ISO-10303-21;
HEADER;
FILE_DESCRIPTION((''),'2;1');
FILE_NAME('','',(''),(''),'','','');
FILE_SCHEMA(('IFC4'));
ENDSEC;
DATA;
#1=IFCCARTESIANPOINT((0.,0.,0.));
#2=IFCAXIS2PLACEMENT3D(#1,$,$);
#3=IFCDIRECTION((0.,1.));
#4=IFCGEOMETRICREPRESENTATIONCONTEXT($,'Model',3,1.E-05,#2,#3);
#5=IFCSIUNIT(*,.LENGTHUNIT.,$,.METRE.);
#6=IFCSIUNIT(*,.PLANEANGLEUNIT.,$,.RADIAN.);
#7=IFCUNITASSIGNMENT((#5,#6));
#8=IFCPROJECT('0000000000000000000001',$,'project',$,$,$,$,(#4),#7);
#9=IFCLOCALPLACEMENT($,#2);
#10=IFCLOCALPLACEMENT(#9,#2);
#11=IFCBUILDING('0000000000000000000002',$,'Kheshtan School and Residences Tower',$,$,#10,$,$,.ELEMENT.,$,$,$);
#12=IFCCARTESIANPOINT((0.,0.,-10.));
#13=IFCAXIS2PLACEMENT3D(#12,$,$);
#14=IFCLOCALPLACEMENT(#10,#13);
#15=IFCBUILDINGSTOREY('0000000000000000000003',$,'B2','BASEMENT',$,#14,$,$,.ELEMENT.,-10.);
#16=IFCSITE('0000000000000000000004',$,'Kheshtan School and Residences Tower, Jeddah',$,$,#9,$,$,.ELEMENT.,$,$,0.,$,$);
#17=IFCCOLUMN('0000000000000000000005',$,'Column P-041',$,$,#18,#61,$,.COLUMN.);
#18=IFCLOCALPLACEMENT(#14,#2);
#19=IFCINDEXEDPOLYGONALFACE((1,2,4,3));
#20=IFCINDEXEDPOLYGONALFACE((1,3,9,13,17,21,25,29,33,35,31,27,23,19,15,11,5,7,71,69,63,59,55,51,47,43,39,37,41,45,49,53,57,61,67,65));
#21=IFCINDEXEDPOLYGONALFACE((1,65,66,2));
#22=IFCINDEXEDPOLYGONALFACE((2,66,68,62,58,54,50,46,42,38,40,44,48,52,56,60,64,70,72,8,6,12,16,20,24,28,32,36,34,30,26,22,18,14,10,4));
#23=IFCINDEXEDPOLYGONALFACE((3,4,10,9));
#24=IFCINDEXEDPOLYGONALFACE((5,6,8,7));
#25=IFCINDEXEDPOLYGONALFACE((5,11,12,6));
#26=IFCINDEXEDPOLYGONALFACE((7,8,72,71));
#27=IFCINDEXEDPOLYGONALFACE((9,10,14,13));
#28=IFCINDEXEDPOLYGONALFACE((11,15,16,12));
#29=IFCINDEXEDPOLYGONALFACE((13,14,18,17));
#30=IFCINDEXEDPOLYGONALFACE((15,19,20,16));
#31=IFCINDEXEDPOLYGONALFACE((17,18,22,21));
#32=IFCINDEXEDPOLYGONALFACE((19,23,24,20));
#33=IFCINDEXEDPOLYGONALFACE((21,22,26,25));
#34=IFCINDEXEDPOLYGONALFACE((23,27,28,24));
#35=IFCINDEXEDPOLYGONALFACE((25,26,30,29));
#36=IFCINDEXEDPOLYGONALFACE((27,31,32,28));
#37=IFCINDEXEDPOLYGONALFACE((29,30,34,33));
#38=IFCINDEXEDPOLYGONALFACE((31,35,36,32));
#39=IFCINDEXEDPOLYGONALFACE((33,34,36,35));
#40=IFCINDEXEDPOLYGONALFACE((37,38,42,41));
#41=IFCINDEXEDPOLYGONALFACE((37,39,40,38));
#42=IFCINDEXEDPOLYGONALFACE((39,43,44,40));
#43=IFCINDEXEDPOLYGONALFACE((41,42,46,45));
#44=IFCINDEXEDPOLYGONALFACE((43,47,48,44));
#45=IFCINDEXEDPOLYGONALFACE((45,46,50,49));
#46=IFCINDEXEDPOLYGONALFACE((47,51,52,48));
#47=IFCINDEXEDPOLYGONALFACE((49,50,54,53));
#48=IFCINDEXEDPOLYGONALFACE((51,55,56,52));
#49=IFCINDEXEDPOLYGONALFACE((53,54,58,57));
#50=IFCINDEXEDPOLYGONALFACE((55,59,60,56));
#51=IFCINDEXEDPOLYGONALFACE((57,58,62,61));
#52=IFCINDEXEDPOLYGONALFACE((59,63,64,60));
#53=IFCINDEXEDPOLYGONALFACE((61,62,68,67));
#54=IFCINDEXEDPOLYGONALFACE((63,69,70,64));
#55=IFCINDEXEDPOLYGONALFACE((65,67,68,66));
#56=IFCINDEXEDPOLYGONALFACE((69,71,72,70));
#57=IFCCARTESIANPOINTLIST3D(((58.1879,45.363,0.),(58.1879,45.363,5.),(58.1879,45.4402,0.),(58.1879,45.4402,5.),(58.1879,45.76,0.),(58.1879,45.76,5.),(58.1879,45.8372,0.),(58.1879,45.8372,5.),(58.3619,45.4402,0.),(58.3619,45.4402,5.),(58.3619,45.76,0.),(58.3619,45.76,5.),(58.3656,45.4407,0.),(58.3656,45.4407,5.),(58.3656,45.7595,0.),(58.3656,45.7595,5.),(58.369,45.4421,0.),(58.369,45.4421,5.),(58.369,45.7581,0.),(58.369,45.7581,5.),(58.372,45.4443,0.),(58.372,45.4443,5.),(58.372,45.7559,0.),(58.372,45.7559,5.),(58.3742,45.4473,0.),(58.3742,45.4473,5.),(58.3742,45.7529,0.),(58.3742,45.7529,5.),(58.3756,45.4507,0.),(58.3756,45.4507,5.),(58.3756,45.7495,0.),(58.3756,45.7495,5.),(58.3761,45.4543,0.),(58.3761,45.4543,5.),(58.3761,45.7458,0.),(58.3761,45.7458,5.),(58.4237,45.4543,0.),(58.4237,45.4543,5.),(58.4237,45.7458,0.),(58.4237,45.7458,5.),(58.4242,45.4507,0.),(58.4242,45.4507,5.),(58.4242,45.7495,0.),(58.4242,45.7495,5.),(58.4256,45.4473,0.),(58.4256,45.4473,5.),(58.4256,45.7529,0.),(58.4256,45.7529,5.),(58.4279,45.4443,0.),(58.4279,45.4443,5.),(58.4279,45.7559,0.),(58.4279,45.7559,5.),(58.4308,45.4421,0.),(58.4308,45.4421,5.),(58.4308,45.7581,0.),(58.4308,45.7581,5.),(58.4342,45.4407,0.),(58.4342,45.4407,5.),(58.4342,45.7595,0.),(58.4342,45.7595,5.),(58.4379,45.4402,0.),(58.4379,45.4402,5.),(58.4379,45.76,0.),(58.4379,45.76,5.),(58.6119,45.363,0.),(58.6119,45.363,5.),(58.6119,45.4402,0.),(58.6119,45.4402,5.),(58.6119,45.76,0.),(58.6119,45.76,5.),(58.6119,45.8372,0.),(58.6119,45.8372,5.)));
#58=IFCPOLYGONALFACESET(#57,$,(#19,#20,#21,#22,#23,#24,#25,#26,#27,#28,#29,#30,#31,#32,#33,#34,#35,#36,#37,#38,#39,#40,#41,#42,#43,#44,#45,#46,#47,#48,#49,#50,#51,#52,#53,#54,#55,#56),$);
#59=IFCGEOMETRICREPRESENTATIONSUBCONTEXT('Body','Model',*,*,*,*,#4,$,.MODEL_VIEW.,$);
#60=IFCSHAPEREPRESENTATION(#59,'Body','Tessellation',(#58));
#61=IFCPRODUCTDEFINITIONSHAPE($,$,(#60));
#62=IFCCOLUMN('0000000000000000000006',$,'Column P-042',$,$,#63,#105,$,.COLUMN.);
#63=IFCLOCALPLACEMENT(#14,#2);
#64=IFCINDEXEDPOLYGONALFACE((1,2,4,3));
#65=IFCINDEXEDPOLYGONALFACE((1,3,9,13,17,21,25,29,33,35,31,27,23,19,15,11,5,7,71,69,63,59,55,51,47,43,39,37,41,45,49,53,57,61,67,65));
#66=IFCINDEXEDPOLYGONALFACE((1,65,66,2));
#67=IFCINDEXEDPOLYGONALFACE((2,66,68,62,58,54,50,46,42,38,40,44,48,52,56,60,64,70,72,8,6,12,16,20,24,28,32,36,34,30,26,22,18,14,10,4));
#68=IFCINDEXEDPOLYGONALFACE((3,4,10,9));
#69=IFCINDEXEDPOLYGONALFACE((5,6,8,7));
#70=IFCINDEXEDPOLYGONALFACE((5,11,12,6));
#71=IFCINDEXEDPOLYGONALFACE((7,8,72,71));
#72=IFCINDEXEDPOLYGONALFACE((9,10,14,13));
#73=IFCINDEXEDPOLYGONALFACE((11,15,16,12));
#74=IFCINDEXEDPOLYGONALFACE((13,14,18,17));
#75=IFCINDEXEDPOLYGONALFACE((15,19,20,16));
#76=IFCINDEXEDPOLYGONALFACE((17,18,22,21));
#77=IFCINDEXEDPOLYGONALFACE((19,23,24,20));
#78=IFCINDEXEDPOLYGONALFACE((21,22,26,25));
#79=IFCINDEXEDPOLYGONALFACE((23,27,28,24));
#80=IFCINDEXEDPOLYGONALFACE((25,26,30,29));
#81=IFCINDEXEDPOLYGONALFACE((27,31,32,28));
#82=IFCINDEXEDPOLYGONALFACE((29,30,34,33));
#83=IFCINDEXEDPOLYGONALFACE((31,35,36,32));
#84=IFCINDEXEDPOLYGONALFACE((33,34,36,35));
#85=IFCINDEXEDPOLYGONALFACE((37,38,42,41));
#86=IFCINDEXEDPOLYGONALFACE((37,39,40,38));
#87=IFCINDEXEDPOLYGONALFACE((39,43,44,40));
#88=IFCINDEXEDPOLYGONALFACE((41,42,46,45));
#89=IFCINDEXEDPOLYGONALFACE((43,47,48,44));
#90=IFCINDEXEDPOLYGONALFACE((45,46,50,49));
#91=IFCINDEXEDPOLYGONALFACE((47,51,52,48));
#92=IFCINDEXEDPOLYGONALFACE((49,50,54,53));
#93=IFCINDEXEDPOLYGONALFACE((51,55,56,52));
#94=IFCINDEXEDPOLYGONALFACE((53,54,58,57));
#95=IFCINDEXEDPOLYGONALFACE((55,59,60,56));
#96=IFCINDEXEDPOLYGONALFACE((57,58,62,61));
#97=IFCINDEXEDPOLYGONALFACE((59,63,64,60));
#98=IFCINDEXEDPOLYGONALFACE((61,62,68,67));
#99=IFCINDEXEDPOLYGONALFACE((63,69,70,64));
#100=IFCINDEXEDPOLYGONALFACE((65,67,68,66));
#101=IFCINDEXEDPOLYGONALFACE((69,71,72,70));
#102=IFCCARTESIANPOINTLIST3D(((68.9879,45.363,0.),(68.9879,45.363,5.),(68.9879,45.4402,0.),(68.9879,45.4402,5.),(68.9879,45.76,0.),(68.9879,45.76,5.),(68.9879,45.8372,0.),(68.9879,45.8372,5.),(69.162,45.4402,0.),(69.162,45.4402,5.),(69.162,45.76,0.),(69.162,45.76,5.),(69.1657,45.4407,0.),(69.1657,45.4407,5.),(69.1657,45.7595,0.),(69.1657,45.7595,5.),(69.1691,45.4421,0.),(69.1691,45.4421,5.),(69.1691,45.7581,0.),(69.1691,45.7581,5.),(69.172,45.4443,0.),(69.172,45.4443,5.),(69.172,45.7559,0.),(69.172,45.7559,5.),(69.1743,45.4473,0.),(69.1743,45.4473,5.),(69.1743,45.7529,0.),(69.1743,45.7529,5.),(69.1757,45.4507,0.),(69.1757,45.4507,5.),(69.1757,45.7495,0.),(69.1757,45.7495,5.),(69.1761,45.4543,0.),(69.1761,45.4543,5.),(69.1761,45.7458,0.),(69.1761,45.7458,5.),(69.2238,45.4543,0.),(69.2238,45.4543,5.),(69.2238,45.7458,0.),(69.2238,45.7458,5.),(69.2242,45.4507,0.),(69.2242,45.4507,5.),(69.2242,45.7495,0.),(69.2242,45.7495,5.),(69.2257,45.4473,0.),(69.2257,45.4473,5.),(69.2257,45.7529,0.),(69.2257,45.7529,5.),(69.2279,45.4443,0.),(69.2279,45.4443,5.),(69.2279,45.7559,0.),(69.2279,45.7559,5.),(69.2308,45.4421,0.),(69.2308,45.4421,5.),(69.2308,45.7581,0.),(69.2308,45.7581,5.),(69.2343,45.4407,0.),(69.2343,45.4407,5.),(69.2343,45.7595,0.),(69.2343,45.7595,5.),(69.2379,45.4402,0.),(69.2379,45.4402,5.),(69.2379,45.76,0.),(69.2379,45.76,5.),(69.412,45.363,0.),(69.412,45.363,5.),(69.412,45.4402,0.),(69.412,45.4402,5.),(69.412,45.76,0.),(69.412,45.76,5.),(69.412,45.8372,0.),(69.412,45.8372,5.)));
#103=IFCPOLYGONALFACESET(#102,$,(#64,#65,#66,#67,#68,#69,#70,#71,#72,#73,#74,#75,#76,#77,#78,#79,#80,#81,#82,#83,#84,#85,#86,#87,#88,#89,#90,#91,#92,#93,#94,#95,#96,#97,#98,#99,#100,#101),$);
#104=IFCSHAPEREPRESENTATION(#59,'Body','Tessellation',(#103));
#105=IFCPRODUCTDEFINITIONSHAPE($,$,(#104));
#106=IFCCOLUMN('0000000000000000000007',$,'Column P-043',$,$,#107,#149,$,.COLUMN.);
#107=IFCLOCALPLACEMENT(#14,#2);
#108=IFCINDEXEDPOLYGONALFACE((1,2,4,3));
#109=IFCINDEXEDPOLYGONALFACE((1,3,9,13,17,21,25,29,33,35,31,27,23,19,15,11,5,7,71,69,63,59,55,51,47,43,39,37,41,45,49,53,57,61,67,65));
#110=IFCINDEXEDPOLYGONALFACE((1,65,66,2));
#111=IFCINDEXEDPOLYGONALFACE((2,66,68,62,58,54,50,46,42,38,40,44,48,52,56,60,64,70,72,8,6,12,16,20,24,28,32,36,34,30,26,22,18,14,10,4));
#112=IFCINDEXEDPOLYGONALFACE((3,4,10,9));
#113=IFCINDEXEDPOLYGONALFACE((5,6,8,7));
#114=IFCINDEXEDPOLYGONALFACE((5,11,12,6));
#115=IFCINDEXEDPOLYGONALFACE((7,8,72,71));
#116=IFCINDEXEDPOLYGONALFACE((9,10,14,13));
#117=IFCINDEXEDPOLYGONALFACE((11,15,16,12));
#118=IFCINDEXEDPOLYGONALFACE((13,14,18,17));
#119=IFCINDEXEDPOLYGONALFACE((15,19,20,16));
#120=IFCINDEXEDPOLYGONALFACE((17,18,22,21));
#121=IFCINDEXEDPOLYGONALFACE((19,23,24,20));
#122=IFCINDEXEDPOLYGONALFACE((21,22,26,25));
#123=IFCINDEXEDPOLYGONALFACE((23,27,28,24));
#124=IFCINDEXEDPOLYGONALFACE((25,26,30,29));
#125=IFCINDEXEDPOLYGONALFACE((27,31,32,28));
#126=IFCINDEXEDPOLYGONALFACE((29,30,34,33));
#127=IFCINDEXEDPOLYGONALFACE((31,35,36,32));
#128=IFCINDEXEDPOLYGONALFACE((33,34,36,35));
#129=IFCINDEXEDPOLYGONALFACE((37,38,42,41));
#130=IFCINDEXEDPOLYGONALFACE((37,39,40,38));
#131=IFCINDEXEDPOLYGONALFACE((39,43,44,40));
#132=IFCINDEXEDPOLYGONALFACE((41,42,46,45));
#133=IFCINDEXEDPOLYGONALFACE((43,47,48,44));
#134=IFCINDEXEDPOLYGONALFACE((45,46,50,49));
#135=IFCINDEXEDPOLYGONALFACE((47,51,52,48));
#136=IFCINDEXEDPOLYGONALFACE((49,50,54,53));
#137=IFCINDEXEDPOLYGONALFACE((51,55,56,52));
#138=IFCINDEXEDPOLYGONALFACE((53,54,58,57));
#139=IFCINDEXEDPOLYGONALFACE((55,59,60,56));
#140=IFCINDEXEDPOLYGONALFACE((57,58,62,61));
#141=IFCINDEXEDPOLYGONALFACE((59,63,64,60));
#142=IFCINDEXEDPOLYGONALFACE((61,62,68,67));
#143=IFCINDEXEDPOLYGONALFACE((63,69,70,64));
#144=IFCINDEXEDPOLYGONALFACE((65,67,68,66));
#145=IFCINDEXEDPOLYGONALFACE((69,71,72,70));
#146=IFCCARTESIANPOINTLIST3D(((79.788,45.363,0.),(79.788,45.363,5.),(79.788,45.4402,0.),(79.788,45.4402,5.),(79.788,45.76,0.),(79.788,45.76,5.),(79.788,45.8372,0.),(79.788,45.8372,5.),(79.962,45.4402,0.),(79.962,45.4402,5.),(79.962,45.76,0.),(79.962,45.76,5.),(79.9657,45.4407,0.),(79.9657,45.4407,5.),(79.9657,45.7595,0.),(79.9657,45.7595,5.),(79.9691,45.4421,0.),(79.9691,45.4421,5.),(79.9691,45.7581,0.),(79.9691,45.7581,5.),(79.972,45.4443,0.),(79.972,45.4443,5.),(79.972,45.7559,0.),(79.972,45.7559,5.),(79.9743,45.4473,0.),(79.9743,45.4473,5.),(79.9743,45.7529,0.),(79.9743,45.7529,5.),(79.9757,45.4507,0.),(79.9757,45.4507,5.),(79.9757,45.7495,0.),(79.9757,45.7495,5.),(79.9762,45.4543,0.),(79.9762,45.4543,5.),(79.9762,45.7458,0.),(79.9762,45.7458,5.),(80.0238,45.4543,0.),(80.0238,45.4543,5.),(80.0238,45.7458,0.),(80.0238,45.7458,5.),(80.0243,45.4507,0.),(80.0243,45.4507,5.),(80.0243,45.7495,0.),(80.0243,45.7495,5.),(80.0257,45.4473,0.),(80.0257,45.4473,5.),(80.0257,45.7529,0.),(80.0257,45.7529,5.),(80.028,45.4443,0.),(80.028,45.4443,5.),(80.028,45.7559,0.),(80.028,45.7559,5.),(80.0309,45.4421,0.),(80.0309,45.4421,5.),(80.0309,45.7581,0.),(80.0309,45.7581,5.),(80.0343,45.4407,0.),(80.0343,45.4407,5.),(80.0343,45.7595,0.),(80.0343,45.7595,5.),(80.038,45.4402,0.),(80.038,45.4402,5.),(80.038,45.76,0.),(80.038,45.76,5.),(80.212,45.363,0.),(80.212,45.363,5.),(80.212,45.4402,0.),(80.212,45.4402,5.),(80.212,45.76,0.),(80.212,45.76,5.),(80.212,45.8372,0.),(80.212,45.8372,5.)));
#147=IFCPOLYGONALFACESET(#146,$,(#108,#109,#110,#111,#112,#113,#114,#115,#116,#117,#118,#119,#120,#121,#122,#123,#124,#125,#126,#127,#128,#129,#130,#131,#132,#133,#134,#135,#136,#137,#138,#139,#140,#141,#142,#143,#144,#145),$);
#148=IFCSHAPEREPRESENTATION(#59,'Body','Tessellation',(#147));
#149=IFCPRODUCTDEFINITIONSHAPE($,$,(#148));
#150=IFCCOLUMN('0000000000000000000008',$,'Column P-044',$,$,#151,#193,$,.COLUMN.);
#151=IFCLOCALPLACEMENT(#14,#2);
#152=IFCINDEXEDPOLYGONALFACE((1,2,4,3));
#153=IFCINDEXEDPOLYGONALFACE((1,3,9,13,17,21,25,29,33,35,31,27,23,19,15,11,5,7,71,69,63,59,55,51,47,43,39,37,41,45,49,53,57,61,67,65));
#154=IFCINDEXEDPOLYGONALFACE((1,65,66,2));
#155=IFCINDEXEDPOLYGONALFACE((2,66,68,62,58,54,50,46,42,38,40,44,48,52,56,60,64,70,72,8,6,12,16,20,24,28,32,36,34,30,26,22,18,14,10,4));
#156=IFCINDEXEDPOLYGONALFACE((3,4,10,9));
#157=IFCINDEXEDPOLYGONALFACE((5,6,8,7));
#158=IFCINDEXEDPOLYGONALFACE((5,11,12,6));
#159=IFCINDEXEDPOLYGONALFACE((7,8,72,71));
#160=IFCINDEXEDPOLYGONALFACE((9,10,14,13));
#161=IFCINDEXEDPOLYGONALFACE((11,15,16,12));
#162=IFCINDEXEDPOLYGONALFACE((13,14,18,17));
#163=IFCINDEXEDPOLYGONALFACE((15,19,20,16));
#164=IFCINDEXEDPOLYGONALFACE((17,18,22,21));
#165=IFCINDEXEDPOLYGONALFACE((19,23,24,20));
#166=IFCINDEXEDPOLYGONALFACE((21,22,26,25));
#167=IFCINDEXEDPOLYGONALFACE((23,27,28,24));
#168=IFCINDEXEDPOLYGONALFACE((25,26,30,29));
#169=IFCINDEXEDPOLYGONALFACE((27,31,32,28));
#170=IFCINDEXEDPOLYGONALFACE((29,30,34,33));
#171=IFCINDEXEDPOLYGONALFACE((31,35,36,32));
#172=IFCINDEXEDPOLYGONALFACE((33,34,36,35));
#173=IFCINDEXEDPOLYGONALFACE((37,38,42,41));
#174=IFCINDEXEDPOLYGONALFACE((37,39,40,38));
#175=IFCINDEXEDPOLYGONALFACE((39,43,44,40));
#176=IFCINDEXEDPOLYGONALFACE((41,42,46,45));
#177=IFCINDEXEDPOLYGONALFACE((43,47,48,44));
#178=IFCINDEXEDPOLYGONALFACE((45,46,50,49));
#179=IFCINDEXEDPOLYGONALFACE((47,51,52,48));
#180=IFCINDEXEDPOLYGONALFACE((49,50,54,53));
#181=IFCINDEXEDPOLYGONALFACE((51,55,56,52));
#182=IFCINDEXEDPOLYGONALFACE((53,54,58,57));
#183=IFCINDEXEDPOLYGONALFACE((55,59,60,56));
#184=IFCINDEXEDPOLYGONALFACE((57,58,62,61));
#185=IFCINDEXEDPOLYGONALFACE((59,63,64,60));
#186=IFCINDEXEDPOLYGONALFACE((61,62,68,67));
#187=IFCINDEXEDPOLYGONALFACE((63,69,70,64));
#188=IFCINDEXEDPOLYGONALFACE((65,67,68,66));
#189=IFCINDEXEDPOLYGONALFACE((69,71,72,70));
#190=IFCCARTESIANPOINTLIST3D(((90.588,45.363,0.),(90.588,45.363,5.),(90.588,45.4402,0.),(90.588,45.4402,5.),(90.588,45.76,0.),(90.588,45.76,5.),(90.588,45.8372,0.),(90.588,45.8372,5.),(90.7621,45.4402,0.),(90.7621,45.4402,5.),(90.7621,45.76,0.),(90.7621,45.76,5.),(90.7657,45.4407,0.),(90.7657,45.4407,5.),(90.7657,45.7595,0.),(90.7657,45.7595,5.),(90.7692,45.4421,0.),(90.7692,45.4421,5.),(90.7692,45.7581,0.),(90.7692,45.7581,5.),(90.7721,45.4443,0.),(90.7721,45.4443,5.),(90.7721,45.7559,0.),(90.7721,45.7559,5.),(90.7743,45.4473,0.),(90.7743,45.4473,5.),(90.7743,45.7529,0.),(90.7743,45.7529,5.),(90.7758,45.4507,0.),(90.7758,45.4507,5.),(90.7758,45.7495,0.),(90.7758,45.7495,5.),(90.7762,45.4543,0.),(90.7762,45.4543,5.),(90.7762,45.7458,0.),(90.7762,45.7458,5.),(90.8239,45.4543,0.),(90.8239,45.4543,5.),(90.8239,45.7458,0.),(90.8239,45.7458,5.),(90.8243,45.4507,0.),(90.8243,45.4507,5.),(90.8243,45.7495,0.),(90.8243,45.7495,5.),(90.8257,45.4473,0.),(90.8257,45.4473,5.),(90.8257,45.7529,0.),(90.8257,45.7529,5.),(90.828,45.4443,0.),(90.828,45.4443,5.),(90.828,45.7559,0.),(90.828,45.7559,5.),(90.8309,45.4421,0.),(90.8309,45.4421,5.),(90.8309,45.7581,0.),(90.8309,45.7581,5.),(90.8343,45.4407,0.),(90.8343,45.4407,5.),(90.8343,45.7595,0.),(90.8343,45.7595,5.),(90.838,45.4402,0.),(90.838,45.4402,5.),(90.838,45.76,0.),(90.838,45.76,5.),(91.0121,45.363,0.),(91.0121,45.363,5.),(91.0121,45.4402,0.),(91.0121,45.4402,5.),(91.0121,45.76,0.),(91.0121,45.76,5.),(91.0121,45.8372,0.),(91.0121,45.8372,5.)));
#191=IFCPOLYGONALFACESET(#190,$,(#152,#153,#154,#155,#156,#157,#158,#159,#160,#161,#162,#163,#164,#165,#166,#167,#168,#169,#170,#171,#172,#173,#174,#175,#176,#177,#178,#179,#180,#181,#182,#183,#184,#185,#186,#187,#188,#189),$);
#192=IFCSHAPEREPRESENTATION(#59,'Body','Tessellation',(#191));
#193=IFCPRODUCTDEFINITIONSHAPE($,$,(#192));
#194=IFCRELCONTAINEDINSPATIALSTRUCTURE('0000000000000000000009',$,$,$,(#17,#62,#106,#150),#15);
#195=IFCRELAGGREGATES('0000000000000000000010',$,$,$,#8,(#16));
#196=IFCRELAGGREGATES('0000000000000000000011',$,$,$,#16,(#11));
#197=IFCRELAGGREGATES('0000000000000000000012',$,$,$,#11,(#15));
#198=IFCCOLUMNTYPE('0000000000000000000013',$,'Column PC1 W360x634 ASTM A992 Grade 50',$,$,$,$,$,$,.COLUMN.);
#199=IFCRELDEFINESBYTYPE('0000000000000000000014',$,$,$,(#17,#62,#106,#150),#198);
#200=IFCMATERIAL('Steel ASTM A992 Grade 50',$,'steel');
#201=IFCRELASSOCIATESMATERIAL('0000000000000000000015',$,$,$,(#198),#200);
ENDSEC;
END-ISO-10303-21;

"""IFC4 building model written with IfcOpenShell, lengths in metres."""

from ifc_helpers import new_model, si_unit, direction, frame, origin, origin_2d, place, context, subcontext, project, spatial, i_section, extrude, material, material_profile, profile_set, type_object, element, save


model = new_model("IFC4")

# Units and contexts
model_context = context("Model", 3, precision=1e-05, world=origin(), true_north=direction((0.0, 1.0)))
body_context = subcontext(model_context, "Body", "Model", "MODEL_VIEW")
ifc_project = project(units=[si_unit("LENGTHUNIT", "METRE"), si_unit("PLANEANGLEUNIT", "RADIAN")], contexts=[model_context])

# Site, building, storey
site_placement = place(None, origin())
site = spatial("IfcSite", under=ifc_project, at=site_placement, Name="Kheshtan School and Residences Tower, Jeddah", CompositionType="ELEMENT", RefElevation=0.0)
building_placement = place(site_placement, origin())
building = spatial("IfcBuilding", under=site, at=building_placement, Name="Kheshtan School and Residences Tower", CompositionType="ELEMENT")
storey_placement = place(building_placement, frame((0.0, 0.0, -10.0)))
storey = spatial("IfcBuildingStorey", under=building, at=storey_placement, Name="B2", Description="BASEMENT", CompositionType="ELEMENT", Elevation=-10.0)

# Columns
ifc_material_1 = material(Name="Steel ASTM A992 Grade 50", Category="steel")
ifc_material_profile_1 = material_profile(ifc_material_1, i_section(OverallWidth=0.4241, OverallDepth=0.4741, WebThickness=0.0476, FlangeThickness=0.0771, FilletRadius=0.0142, at=origin_2d()), Name="W360x634")
ifc_profile_set_1 = profile_set([ifc_material_profile_1], Name="Steel ASTM A992 Grade 50")
column_type = type_object("IfcColumnType", Name="Column PC1 W360x634 ASTM A992 Grade 50", PredefinedType="COLUMN", material=ifc_profile_set_1)
for number, where, z_axis, x_axis, name in (
    (1, (58.3999, 45.6001, 0.0), (0.0, 0.0, 1.0), (1.0, 0.0, 0.0), "Column P-041"),
    (2, (69.2, 45.6001, 0.0), (0.0, 0.0, 1.0), (1.0, 0.0, 0.0), "Column P-042"),
    (3, (80.0, 45.6001, 0.0), (0.0, 0.0, 1.0), (1.0, 0.0, 0.0), "Column P-043"),
    (4, (90.8, 45.6001, 0.0), (0.0, 0.0, 1.0), (1.0, 0.0, 0.0), "Column P-044"),
):
    element("IfcColumn", number, at=place(storey_placement, frame(where, z_axis=z_axis, x_axis=x_axis)), inside=storey, type_object=column_type, Name=name, PredefinedType="COLUMN", context=body_context, shape_type="SweptSolid", body=[
        extrude(i_section(OverallWidth=0.4241, OverallDepth=0.4741, WebThickness=0.0476, FlangeThickness=0.0771, FilletRadius=0.0142, at=origin_2d()), origin(), (0.0, 0.0, 1.0), 5.0),
    ])

save(model, "model.ifc")
